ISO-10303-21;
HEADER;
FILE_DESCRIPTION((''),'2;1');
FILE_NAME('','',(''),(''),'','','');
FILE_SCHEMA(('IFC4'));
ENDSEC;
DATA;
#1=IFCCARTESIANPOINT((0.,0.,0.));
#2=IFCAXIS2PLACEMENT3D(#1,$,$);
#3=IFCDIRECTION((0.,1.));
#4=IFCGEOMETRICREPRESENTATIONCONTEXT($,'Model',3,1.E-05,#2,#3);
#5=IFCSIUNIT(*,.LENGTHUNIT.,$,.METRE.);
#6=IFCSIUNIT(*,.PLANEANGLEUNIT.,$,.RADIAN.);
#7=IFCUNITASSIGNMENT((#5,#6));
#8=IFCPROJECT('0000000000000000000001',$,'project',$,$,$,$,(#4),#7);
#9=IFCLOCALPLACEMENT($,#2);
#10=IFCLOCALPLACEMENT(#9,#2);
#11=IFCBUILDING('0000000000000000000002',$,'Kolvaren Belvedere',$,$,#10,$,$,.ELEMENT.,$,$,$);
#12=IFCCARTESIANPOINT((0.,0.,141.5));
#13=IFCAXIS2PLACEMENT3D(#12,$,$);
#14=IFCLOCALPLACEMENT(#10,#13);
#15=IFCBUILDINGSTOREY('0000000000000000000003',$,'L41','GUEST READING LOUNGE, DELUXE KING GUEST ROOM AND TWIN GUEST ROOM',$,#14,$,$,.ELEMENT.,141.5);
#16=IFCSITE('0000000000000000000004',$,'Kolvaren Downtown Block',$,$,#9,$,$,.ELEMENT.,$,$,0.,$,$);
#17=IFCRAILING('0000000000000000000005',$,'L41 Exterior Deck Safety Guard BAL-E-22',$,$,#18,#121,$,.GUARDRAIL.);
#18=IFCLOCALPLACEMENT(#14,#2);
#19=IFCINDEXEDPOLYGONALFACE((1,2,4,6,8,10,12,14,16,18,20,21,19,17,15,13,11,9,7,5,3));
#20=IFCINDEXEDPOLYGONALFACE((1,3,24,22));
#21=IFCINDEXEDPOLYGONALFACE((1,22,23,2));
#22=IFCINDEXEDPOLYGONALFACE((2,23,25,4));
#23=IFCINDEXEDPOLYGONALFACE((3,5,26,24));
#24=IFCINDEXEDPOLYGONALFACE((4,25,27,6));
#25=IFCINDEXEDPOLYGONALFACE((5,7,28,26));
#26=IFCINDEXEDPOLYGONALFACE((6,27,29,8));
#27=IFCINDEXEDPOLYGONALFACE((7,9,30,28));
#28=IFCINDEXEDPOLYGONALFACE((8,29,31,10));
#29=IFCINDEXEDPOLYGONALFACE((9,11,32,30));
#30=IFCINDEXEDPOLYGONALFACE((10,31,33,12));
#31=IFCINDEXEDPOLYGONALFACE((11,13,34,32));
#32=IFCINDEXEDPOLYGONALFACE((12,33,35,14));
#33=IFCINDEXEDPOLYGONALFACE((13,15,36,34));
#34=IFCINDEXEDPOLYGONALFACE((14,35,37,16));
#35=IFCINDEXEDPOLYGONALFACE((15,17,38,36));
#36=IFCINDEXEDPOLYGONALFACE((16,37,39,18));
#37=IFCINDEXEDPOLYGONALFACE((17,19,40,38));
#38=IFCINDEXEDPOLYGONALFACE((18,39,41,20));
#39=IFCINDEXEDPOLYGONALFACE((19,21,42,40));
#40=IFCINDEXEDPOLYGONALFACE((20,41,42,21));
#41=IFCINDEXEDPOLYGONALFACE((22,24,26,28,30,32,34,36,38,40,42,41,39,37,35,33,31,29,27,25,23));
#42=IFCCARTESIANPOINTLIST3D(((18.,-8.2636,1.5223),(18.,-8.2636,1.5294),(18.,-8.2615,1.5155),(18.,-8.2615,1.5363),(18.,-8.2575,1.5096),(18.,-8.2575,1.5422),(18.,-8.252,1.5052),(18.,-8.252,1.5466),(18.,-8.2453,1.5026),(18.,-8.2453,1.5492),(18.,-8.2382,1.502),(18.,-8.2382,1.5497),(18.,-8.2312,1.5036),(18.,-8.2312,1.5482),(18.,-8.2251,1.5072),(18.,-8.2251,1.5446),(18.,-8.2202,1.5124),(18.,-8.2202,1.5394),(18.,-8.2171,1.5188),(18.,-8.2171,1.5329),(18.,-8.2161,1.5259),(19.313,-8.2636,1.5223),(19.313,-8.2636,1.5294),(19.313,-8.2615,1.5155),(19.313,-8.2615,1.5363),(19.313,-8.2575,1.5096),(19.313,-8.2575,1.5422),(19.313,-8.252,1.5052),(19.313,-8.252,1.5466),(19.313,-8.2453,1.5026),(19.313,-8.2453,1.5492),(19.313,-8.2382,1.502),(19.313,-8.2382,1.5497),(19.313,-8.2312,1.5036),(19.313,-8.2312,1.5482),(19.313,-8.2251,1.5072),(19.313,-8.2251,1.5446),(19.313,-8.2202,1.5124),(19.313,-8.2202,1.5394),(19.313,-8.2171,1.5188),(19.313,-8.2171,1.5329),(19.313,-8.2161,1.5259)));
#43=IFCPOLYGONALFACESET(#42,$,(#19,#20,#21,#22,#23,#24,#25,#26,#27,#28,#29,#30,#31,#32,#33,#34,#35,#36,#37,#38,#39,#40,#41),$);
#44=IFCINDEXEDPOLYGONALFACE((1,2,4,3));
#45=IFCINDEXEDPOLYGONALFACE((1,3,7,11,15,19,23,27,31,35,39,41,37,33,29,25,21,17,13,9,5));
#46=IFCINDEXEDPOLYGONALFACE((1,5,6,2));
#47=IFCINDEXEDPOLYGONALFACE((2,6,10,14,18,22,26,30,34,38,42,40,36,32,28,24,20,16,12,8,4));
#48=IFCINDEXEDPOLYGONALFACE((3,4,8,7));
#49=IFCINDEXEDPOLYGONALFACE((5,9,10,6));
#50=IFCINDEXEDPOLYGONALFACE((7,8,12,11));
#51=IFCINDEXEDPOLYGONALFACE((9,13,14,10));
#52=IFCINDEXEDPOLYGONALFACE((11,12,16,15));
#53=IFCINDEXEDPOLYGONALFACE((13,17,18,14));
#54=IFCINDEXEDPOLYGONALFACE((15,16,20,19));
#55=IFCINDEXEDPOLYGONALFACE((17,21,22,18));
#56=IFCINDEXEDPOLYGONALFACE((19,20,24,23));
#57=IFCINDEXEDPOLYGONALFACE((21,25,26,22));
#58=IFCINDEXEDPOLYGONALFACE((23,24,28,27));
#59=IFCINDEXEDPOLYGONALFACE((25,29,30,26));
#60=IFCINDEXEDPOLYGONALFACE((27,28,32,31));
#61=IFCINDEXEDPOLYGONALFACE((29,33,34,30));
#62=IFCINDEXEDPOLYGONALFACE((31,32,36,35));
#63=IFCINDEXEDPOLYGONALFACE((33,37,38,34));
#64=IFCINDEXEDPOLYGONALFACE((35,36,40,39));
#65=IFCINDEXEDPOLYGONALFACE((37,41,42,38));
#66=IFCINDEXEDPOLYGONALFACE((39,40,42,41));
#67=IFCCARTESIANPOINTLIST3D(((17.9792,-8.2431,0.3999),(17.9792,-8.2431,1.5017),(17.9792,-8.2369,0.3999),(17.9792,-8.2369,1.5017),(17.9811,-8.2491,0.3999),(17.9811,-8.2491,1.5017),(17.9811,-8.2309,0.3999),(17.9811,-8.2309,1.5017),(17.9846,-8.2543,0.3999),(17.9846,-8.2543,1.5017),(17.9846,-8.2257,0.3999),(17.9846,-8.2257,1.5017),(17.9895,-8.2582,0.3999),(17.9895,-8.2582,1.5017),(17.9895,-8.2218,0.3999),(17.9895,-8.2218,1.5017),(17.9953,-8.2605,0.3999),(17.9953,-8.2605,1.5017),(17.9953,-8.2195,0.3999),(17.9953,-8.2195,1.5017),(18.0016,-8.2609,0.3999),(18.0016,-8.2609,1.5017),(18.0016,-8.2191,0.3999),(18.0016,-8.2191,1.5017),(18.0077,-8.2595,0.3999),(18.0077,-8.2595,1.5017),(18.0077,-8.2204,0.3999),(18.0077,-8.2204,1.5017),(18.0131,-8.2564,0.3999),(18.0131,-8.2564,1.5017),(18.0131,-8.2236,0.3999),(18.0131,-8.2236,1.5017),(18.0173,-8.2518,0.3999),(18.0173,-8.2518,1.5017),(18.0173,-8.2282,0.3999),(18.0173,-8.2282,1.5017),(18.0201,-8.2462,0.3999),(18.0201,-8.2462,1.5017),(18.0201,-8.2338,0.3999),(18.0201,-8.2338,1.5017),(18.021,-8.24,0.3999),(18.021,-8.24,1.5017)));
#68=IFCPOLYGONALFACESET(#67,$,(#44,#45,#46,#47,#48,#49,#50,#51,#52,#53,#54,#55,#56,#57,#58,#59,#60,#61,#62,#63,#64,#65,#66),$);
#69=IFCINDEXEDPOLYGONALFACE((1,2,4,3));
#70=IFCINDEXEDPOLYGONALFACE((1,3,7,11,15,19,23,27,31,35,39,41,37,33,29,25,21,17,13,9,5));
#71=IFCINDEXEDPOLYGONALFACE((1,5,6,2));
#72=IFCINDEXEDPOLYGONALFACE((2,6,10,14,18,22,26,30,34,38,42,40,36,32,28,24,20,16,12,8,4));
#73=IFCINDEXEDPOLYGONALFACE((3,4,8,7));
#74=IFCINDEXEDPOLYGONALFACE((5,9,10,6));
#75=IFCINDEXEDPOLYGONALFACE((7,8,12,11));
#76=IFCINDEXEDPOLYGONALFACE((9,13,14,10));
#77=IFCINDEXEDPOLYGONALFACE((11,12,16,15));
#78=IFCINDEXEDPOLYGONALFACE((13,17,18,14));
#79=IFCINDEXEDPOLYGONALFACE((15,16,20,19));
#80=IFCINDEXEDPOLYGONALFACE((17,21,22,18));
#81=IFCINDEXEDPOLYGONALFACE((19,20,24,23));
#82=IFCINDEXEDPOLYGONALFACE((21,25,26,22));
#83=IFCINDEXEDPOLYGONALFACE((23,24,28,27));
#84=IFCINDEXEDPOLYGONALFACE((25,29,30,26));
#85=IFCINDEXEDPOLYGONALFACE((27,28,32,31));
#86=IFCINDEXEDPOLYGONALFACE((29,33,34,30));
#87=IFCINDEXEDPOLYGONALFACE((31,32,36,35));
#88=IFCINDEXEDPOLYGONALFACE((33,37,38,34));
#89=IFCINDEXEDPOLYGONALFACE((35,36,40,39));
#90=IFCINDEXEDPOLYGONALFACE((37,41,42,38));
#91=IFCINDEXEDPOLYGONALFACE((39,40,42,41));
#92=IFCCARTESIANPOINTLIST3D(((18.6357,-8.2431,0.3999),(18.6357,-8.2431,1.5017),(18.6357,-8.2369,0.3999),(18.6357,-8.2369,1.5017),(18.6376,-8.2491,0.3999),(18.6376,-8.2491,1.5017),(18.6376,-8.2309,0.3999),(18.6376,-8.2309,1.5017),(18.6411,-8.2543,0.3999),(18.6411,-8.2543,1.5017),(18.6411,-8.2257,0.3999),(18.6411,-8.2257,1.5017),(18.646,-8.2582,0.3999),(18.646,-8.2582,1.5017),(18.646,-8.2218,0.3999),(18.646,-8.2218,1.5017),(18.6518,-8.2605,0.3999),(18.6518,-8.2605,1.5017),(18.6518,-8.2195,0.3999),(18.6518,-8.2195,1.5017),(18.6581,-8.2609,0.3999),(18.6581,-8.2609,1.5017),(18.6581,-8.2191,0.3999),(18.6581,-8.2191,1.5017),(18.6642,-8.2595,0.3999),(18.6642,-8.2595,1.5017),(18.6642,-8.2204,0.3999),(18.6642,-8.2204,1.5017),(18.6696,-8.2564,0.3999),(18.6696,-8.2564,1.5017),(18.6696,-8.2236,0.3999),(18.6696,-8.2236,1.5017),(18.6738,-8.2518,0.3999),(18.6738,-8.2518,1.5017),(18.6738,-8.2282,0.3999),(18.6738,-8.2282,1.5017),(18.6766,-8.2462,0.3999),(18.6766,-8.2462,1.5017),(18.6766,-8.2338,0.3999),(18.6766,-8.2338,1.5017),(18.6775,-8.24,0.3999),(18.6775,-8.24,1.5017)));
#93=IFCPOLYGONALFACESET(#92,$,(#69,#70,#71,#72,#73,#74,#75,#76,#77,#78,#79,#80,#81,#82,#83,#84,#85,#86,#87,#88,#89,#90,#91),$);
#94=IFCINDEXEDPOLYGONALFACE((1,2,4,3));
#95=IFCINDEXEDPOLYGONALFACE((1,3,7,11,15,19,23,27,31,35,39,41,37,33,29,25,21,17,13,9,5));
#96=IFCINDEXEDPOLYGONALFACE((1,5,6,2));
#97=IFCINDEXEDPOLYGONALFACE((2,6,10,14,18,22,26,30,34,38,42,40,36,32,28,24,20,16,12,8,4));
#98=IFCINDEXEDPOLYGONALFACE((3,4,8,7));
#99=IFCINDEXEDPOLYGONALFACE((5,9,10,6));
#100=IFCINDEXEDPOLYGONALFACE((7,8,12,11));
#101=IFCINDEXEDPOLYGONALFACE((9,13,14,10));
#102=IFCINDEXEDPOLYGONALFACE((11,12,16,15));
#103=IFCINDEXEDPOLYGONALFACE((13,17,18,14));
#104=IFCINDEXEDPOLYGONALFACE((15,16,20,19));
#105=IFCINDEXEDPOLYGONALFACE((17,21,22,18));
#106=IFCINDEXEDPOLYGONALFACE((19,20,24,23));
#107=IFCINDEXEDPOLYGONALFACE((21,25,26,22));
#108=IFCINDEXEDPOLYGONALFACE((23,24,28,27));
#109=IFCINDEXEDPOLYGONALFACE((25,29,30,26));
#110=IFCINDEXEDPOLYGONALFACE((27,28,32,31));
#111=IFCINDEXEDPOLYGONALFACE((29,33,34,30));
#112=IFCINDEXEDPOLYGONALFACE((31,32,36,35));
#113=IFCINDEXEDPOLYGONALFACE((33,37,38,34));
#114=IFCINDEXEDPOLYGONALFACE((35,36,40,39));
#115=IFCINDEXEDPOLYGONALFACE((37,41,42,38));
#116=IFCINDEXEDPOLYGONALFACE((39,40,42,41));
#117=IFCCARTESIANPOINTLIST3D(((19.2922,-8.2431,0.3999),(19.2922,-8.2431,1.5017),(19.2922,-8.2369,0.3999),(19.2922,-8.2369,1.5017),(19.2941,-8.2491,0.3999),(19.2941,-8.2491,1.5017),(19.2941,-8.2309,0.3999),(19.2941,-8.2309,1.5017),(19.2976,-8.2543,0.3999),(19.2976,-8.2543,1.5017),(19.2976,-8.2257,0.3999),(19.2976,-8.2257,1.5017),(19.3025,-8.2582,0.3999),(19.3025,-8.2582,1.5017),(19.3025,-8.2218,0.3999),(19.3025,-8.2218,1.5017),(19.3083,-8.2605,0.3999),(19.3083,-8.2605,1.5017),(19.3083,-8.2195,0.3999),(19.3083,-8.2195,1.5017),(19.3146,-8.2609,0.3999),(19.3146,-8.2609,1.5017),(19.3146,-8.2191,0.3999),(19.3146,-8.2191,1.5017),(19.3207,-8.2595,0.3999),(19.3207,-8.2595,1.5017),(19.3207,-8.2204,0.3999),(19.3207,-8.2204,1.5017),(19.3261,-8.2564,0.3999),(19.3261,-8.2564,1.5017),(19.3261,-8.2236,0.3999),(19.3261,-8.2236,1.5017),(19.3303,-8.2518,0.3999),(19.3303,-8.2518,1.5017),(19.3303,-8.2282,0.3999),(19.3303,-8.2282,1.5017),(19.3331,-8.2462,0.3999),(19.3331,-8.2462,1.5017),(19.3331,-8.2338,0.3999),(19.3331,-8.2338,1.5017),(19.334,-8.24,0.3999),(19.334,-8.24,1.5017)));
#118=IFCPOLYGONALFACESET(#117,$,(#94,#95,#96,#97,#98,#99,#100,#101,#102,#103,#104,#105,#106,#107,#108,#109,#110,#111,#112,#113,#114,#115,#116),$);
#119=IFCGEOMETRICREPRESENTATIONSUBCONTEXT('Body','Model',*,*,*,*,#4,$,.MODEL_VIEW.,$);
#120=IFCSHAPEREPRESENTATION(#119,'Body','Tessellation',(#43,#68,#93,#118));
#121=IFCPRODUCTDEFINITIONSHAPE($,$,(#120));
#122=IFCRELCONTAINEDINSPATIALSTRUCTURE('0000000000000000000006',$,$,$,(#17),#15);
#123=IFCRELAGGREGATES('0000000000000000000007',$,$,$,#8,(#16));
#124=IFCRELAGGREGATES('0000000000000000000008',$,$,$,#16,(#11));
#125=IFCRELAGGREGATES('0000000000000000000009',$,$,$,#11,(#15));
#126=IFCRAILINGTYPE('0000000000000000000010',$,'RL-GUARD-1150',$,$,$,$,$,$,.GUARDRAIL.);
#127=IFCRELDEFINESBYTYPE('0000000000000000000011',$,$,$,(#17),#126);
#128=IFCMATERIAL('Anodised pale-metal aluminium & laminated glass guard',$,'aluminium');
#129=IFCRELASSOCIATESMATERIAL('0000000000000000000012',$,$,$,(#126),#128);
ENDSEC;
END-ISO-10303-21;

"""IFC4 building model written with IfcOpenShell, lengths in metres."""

from ifc_helpers import new_model, si_unit, direction, frame, origin, origin_2d, place, context, subcontext, project, spatial, circle, extrude, material, type_object, element, save


model = new_model("IFC4")

# Units and contexts
model_context = context("Model", 3, precision=1e-05, world=origin(), true_north=direction((0.0, 1.0)))
body_context = subcontext(model_context, "Body", "Model", "MODEL_VIEW")
ifc_project = project(units=[si_unit("LENGTHUNIT", "METRE"), si_unit("PLANEANGLEUNIT", "RADIAN")], contexts=[model_context])

# Site, building, storey
site_placement = place(None, origin())
site = spatial("IfcSite", under=ifc_project, at=site_placement, Name="Kolvaren Downtown Block", CompositionType="ELEMENT", RefElevation=0.0)
building_placement = place(site_placement, origin())
building = spatial("IfcBuilding", under=site, at=building_placement, Name="Kolvaren Belvedere", CompositionType="ELEMENT")
storey_placement = place(building_placement, frame((0.0, 0.0, 141.5)))
storey = spatial("IfcBuildingStorey", under=building, at=storey_placement, Name="L41", Description="GUEST READING LOUNGE, DELUXE KING GUEST ROOM AND TWIN GUEST ROOM", CompositionType="ELEMENT", Elevation=141.5)

# Railing
ifc_material_1 = material(Name="Anodised pale-metal aluminium & laminated glass guard", Category="aluminium")
railing_type = type_object("IfcRailingType", Name="RL-GUARD-1150", PredefinedType="GUARDRAIL", material=ifc_material_1)
railing_1_placement = place(storey_placement, frame((18.0, -8.24, 0.3999)))
element("IfcRailing", 1, at=railing_1_placement, inside=storey, type_object=railing_type, Name="L41 Exterior Deck Safety Guard BAL-E-22", PredefinedType="GUARDRAIL", context=body_context, shape_type="SweptSolid", body=[
    extrude(circle(Radius=0.0239, at=origin_2d()), frame((0.0, 0.0, 1.126), z_axis=(1.0, 0.0, 0.0), x_axis=(0.0, 1.0, 0.0)), (0.0, 0.0, 1.0), 1.313),
    extrude(circle(Radius=0.021, at=origin_2d()), origin(), (0.0, 0.0, 1.0), 1.1018),
    extrude(circle(Radius=0.021, at=origin_2d()), frame((0.6565, 0.0, 0.0)), (0.0, 0.0, 1.0), 1.1018),
    extrude(circle(Radius=0.021, at=origin_2d()), frame((1.313, 0.0, 0.0)), (0.0, 0.0, 1.0), 1.1018),
])

save(model, "model.ifc")
